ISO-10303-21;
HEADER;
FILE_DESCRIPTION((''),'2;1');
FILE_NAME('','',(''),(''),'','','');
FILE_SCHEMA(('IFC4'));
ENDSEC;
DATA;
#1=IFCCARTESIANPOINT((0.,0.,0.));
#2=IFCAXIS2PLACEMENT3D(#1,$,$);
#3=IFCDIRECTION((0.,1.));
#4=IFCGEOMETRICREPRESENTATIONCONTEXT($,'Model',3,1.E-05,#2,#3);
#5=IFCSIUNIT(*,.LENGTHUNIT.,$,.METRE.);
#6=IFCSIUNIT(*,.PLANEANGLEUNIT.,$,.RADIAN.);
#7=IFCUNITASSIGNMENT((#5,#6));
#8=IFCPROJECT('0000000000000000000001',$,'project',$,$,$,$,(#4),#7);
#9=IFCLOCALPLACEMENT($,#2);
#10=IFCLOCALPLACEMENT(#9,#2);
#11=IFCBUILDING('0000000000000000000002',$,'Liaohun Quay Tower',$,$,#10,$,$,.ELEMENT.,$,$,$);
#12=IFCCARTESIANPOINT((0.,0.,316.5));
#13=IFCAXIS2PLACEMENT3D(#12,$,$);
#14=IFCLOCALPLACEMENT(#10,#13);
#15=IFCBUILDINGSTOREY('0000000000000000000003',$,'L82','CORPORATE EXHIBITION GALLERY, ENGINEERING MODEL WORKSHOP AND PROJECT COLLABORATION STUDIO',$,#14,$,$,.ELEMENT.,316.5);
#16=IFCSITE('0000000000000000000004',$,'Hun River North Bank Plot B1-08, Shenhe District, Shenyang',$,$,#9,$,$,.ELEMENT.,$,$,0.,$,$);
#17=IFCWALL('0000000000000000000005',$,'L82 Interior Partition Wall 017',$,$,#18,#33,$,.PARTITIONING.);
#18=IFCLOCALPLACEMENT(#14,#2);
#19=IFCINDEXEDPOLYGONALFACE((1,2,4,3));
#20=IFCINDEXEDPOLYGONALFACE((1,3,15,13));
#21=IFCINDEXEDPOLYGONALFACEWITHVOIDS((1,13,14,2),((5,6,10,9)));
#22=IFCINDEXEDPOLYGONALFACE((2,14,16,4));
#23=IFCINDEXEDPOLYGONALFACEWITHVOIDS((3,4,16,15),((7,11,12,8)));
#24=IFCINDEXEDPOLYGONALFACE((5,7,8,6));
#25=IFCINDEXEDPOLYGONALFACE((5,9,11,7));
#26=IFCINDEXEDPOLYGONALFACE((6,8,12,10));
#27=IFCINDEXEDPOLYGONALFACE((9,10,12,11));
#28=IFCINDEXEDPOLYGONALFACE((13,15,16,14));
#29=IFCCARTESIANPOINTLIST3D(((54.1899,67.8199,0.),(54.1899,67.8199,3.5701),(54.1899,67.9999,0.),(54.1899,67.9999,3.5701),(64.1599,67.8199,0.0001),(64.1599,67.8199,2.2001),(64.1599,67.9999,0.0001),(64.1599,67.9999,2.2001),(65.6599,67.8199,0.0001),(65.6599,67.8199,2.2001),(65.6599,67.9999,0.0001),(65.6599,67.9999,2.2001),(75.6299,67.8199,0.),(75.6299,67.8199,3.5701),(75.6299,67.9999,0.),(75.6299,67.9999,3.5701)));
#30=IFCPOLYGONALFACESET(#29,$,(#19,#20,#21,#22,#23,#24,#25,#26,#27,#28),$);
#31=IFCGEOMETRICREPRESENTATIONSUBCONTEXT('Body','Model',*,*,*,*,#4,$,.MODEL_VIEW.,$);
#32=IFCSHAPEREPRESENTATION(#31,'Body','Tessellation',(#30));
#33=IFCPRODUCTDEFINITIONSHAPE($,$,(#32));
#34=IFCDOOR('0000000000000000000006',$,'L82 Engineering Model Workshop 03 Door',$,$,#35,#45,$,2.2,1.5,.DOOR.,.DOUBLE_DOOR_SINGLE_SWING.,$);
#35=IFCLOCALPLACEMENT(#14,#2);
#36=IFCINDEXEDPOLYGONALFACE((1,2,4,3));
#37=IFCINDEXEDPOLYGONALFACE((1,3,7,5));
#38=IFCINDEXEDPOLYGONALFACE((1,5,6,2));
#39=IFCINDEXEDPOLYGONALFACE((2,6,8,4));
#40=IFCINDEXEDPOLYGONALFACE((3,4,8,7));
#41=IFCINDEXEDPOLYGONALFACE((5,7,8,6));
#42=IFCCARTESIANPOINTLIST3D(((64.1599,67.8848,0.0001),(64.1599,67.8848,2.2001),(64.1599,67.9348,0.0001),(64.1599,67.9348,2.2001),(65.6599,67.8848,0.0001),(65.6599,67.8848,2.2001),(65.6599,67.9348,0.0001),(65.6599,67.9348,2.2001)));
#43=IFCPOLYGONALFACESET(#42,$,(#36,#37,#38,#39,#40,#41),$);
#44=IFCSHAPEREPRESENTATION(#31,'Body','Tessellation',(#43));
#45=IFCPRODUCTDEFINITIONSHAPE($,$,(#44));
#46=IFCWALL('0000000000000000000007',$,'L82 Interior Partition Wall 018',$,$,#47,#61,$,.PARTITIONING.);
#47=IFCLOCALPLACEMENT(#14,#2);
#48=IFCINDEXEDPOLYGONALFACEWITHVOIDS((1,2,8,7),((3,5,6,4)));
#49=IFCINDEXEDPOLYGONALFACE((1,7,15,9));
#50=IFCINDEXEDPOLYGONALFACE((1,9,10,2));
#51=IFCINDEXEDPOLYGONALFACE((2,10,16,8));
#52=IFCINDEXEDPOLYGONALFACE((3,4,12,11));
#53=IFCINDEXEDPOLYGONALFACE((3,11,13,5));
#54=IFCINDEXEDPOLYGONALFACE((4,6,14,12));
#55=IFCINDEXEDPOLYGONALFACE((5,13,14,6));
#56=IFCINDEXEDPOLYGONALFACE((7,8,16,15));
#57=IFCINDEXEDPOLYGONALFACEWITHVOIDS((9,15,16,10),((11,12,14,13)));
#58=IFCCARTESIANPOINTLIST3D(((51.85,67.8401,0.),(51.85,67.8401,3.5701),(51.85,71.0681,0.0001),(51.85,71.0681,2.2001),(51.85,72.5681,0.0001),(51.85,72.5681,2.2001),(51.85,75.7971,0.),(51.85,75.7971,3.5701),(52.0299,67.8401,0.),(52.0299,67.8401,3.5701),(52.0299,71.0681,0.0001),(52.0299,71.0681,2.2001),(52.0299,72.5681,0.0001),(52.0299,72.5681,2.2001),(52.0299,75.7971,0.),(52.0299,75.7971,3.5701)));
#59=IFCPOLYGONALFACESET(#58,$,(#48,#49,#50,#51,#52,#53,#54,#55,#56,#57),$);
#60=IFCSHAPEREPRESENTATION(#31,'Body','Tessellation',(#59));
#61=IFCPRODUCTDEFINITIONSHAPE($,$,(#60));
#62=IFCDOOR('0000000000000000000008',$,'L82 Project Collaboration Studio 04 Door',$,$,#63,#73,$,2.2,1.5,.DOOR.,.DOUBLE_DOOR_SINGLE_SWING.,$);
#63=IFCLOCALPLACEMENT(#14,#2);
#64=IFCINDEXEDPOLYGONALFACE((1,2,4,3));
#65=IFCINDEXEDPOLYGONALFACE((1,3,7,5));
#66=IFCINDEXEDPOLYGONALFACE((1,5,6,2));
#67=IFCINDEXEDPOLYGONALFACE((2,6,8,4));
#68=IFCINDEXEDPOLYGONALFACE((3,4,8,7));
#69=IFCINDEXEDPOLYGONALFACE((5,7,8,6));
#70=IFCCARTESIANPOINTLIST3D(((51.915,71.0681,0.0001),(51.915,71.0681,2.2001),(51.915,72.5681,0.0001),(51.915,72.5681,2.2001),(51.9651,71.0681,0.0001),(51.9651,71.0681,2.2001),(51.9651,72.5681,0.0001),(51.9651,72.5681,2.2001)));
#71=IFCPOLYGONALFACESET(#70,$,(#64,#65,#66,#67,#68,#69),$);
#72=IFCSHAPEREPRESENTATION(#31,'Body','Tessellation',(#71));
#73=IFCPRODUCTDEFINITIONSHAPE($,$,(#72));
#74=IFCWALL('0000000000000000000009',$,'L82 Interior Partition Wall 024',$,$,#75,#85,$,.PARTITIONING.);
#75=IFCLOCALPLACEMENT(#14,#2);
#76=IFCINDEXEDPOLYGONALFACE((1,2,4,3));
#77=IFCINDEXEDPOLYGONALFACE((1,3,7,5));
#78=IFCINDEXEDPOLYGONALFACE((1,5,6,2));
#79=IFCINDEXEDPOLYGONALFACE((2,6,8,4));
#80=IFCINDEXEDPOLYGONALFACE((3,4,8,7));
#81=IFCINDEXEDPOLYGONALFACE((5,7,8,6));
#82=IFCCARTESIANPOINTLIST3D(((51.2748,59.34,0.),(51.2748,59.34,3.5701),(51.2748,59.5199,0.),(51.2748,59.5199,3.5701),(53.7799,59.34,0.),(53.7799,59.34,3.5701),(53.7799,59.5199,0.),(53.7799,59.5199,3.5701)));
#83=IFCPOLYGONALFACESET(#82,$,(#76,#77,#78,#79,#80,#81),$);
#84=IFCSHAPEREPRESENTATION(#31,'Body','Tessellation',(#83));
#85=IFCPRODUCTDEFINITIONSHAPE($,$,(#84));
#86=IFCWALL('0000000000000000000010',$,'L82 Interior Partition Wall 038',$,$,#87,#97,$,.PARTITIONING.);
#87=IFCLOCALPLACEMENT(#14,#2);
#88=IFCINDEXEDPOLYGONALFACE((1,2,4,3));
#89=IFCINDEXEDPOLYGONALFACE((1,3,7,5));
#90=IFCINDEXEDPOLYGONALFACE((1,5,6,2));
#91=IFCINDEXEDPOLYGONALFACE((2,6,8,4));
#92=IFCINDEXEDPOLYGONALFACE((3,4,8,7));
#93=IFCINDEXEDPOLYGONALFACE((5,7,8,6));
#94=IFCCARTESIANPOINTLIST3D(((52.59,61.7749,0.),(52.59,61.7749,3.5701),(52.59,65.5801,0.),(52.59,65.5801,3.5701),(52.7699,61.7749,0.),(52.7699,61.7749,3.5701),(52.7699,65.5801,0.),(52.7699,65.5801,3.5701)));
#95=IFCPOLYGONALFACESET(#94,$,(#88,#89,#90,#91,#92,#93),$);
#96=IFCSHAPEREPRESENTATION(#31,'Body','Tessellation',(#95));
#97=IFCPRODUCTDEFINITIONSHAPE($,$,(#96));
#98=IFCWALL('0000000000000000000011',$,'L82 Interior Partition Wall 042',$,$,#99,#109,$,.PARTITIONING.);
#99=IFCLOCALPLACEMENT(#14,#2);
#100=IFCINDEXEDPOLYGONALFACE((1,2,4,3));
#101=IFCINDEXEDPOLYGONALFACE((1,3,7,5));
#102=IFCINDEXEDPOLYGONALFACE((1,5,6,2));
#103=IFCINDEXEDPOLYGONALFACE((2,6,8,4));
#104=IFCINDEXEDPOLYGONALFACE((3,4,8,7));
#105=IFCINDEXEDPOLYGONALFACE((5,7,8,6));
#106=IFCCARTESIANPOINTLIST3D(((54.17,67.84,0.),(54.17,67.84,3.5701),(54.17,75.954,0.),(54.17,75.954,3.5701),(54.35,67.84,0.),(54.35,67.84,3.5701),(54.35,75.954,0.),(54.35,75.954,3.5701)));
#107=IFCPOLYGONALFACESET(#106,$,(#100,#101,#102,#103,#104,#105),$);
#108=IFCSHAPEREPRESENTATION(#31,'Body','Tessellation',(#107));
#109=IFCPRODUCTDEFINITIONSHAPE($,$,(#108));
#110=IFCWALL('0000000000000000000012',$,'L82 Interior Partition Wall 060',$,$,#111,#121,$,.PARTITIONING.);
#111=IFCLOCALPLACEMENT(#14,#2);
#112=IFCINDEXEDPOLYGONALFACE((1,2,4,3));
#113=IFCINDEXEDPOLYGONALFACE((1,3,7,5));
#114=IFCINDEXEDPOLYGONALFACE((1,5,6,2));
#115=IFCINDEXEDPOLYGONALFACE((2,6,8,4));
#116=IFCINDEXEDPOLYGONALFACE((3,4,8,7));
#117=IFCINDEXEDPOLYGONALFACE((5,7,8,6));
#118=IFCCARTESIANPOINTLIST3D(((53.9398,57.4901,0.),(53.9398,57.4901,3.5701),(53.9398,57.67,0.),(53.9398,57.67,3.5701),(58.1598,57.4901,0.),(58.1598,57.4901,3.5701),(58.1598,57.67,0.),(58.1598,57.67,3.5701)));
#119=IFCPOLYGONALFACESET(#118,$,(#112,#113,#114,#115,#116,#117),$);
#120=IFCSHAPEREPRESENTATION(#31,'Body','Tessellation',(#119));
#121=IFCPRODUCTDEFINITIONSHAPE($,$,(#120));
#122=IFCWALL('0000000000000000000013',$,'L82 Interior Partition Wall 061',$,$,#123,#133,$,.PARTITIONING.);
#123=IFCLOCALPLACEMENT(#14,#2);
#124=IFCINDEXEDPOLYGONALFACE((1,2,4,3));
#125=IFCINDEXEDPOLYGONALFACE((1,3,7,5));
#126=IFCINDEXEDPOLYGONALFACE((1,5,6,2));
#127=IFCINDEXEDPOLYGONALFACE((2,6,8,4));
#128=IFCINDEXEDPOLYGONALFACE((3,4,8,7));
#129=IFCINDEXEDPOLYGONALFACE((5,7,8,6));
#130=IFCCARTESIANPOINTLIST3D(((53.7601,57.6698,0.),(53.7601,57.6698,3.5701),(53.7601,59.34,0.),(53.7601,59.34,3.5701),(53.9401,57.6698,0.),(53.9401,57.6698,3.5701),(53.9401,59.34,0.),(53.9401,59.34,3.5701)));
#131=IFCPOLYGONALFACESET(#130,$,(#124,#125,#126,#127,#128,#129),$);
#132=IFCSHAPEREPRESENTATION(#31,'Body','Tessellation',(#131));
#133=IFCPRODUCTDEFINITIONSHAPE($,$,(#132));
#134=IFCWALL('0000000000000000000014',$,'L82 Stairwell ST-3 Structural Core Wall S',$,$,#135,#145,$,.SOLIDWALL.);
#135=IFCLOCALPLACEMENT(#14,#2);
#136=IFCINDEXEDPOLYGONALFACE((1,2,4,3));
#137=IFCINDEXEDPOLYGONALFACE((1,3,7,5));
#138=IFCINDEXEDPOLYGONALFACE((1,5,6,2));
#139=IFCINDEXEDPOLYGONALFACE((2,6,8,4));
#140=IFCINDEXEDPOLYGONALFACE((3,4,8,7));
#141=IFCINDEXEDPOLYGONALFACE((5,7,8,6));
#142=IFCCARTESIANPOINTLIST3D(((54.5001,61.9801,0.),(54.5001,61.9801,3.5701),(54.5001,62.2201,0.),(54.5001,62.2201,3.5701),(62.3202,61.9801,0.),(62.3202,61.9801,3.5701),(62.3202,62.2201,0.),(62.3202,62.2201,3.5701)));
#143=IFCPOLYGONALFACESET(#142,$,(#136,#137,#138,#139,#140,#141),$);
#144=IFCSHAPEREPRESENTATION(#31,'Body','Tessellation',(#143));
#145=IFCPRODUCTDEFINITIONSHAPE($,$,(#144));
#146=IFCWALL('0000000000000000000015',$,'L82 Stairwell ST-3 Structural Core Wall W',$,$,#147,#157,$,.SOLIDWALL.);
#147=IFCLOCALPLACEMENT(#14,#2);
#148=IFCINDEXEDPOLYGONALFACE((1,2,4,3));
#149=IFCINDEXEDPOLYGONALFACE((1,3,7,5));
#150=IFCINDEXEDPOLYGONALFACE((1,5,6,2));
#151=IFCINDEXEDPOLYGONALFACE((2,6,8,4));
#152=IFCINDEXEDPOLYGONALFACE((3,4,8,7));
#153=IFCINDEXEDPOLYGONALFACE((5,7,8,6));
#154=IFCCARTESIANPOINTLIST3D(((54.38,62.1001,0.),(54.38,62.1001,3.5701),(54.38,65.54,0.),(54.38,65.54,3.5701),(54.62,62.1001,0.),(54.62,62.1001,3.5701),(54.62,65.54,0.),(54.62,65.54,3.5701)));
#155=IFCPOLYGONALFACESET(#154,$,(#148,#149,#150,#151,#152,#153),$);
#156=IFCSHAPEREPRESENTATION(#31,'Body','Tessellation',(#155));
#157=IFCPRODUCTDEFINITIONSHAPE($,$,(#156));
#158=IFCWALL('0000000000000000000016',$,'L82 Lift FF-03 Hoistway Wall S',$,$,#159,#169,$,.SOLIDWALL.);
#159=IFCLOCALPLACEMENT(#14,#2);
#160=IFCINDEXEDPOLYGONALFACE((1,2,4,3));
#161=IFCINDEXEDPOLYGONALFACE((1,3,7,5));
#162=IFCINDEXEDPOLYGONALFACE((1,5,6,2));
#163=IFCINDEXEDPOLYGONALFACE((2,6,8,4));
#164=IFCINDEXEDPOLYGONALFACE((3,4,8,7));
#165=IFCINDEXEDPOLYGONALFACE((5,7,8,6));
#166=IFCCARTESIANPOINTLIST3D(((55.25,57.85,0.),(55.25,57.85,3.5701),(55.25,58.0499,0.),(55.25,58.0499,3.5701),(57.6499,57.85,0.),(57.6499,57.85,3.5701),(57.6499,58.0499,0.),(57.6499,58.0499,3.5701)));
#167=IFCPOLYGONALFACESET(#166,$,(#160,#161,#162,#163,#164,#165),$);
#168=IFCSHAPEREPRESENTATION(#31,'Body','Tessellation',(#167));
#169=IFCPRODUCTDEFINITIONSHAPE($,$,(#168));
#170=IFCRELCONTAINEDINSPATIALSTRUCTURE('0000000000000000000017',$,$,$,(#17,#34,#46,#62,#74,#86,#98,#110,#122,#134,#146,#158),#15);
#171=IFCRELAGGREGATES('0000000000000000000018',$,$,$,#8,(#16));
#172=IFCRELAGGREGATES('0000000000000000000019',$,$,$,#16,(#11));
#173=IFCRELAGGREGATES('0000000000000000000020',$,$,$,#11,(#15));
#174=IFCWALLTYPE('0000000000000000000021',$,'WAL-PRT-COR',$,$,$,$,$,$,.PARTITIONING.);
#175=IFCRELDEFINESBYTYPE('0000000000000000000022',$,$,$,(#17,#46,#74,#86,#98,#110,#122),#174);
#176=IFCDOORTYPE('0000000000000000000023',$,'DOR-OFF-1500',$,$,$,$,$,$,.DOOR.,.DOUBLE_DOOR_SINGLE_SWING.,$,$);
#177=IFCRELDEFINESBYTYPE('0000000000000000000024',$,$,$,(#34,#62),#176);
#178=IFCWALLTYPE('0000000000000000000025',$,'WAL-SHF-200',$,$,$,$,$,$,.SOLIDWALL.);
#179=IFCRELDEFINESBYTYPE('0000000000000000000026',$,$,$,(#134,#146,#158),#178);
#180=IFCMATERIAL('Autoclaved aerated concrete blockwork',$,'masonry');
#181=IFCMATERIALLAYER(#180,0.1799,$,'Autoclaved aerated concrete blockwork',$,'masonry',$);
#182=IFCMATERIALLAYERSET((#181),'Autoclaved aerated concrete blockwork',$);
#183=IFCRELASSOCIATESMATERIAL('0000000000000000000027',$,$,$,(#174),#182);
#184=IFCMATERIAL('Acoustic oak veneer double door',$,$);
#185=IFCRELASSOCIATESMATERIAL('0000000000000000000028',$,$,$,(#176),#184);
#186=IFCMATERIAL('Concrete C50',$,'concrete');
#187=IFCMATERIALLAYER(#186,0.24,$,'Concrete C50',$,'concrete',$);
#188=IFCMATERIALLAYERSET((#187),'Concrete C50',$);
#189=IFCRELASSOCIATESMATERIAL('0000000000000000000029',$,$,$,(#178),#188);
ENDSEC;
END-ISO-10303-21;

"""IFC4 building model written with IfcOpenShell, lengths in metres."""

from ifc_helpers import new_model, si_unit, direction, frame, frame_2d, origin, place, context, subcontext, project, spatial, rectangle, extrude, source, transform, mapped, material, layer, layer_set, type_object, element, fill, save


model = new_model("IFC4")

# Units and contexts
model_context = context("Model", 3, precision=1e-05, world=origin(), true_north=direction((0.0, 1.0)))
body_context = subcontext(model_context, "Body", "Model", "MODEL_VIEW")
ifc_project = project(units=[si_unit("LENGTHUNIT", "METRE"), si_unit("PLANEANGLEUNIT", "RADIAN")], contexts=[model_context])

# Site, building, storey
site_placement = place(None, origin())
site = spatial("IfcSite", under=ifc_project, at=site_placement, Name="Hun River North Bank Plot B1-08, Shenhe District, Shenyang", CompositionType="ELEMENT", RefElevation=0.0)
building_placement = place(site_placement, origin())
building = spatial("IfcBuilding", under=site, at=building_placement, Name="Liaohun Quay Tower", CompositionType="ELEMENT")
storey_placement = place(building_placement, frame((0.0, 0.0, 316.5)))
storey = spatial("IfcBuildingStorey", under=building, at=storey_placement, Name="L82", Description="CORPORATE EXHIBITION GALLERY, ENGINEERING MODEL WORKSHOP AND PROJECT COLLABORATION STUDIO", CompositionType="ELEMENT", Elevation=316.5)

# Shared definitions
ifc_material_1 = material(Name="Concrete C50", Category="concrete")

# Walls, openings, doors
ifc_material_2 = material(Name="Autoclaved aerated concrete blockwork", Category="masonry")
ifc_layer_1 = layer(ifc_material_2, 0.1799, Name="Autoclaved aerated concrete blockwork", Category="masonry")
ifc_layer_set_1 = layer_set([ifc_layer_1], Name="Autoclaved aerated concrete blockwork")
wall_type_1 = type_object("IfcWallType", Name="WAL-PRT-COR", PredefinedType="PARTITIONING", material=ifc_layer_set_1)
wall_1_placement = place(storey_placement, frame((54.1899, 67.9099, 0.0), z_axis=(0.0, 0.0, 1.0), x_axis=(1.0, 0.0, 0.0)))
wall_1 = element("IfcWall", 1, at=wall_1_placement, inside=storey, type_object=wall_type_1, Name="L82 Interior Partition Wall 017", PredefinedType="PARTITIONING", context=body_context, shape_type="SweptSolid", body=[
    extrude(rectangle(XDim=21.4399, YDim=0.1799, at=frame_2d((10.72, 0.0))), origin(), (0.0, 0.0, 1.0), 3.5701),
])
shared_shape_1 = source(origin(), body_context, "Body", "SweptSolid", [
    extrude(rectangle(XDim=1.5, YDim=2.2, at=frame_2d((0.75, 1.1001))), frame((0.0, 0.0999, 0.0), z_axis=(0.0, -1.0, 0.0), x_axis=(1.0, 0.0, 0.0)), (0.0, 0.0, 1.0), 0.2),
])
opening_1_placement = place(wall_1_placement, frame((9.97, 0.0, 0.0)))
opening_1 = element("IfcOpeningElement", 2, at=opening_1_placement, cuts=wall_1, PredefinedType="OPENING", context=body_context, shape_type="MappedRepresentation", body=[
    mapped(shared_shape_1, transform((0.0, 0.0, 0.0), x_axis=(1.0, 0.0, 0.0), y_axis=(0.0, 1.0, 0.0), z_axis=(0.0, 0.0, 1.0), scale=1.0)),
])
ifc_material_3 = material(Name="Acoustic oak veneer double door")
door_type_1 = type_object("IfcDoorType", Name="DOR-OFF-1500", OperationType="DOUBLE_DOOR_SINGLE_SWING", PredefinedType="DOOR", material=ifc_material_3)
shared_shape_2 = source(origin(), body_context, "Body", "SweptSolid", [
    extrude(rectangle(XDim=1.5, YDim=2.2, at=frame_2d((0.75, 1.1001))), frame((0.0, 0.0249, 0.0), z_axis=(0.0, -1.0, 0.0), x_axis=(1.0, 0.0, 0.0)), (0.0, 0.0, 1.0), 0.05),
])
door_1_placement = place(opening_1_placement, origin())
door_1 = element("IfcDoor", 3, at=door_1_placement, inside=storey, type_object=door_type_1, Name="L82 Engineering Model Workshop 03 Door", OperationType="DOUBLE_DOOR_SINGLE_SWING", OverallHeight=2.2, OverallWidth=1.5, PredefinedType="DOOR", context=body_context, shape_type="MappedRepresentation", body=[
    mapped(shared_shape_2, transform((0.0, 0.0, 0.0), x_axis=(1.0, 0.0, 0.0), y_axis=(0.0, 1.0, 0.0), z_axis=(0.0, 0.0, 1.0), scale=1.0)),
])
fill(opening_1, door_1)
wall_2_placement = place(storey_placement, frame((51.9399, 67.8401, 0.0), z_axis=(0.0, 0.0, 1.0), x_axis=(0.0, 1.0, 0.0)))
wall_2 = element("IfcWall", 4, at=wall_2_placement, inside=storey, type_object=wall_type_1, Name="L82 Interior Partition Wall 018", PredefinedType="PARTITIONING", context=body_context, shape_type="SweptSolid", body=[
    extrude(rectangle(XDim=7.957, YDim=0.1799, at=frame_2d((3.9785, 0.0))), origin(), (0.0, 0.0, 1.0), 3.5701),
])
opening_2_placement = place(wall_2_placement, frame((3.228, 0.0, 0.0)))
opening_2 = element("IfcOpeningElement", 5, at=opening_2_placement, cuts=wall_2, PredefinedType="OPENING", context=body_context, shape_type="MappedRepresentation", body=[
    mapped(shared_shape_1, transform((0.0, 0.0, 0.0), x_axis=(1.0, 0.0, 0.0), y_axis=(0.0, 1.0, 0.0), z_axis=(0.0, 0.0, 1.0), scale=1.0)),
])
door_2_placement = place(opening_2_placement, origin())
door_2 = element("IfcDoor", 6, at=door_2_placement, inside=storey, type_object=door_type_1, Name="L82 Project Collaboration Studio 04 Door", OperationType="DOUBLE_DOOR_SINGLE_SWING", OverallHeight=2.2, OverallWidth=1.5, PredefinedType="DOOR", context=body_context, shape_type="MappedRepresentation", body=[
    mapped(shared_shape_2, transform((0.0, 0.0, 0.0), x_axis=(1.0, 0.0, 0.0), y_axis=(0.0, 1.0, 0.0), z_axis=(0.0, 0.0, 1.0), scale=1.0)),
])
fill(opening_2, door_2)

# Walls
wall_3_placement = place(storey_placement, frame((51.2749, 59.4299, 0.0), z_axis=(0.0, 0.0, 1.0), x_axis=(1.0, 0.0, 0.0)))
element("IfcWall", 7, at=wall_3_placement, inside=storey, type_object=wall_type_1, Name="L82 Interior Partition Wall 024", PredefinedType="PARTITIONING", context=body_context, shape_type="SweptSolid", body=[
    extrude(rectangle(XDim=2.5051, YDim=0.1799, at=frame_2d((1.2524, 0.0))), origin(), (0.0, 0.0, 1.0), 3.5701),
])
wall_4_placement = place(storey_placement, frame((52.6799, 61.7749, 0.0), z_axis=(0.0, 0.0, 1.0), x_axis=(0.0, 1.0, 0.0)))
element("IfcWall", 8, at=wall_4_placement, inside=storey, type_object=wall_type_1, Name="L82 Interior Partition Wall 038", PredefinedType="PARTITIONING", context=body_context, shape_type="SweptSolid", body=[
    extrude(rectangle(XDim=3.8052, YDim=0.1799, at=frame_2d((1.9026, 0.0))), origin(), (0.0, 0.0, 1.0), 3.5701),
])
wall_5_placement = place(storey_placement, frame((54.26, 75.9541, 0.0), z_axis=(0.0, 0.0, 1.0), x_axis=(0.0, -1.0, 0.0)))
element("IfcWall", 9, at=wall_5_placement, inside=storey, type_object=wall_type_1, Name="L82 Interior Partition Wall 042", PredefinedType="PARTITIONING", context=body_context, shape_type="SweptSolid", body=[
    extrude(rectangle(XDim=8.114, YDim=0.1799, at=frame_2d((4.0571, 0.0))), origin(), (0.0, 0.0, 1.0), 3.5701),
])
wall_6_placement = place(storey_placement, frame((53.9399, 57.5801, 0.0), z_axis=(0.0, 0.0, 1.0), x_axis=(1.0, 0.0, 0.0)))
element("IfcWall", 10, at=wall_6_placement, inside=storey, type_object=wall_type_1, Name="L82 Interior Partition Wall 060", PredefinedType="PARTITIONING", context=body_context, shape_type="SweptSolid", body=[
    extrude(rectangle(XDim=4.22, YDim=0.1799, at=frame_2d((2.1099, 0.0))), origin(), (0.0, 0.0, 1.0), 3.5701),
])
wall_7_placement = place(storey_placement, frame((53.8501, 57.6699, 0.0), z_axis=(0.0, 0.0, 1.0), x_axis=(0.0, 1.0, 0.0)))
element("IfcWall", 11, at=wall_7_placement, inside=storey, type_object=wall_type_1, Name="L82 Interior Partition Wall 061", PredefinedType="PARTITIONING", context=body_context, shape_type="SweptSolid", body=[
    extrude(rectangle(XDim=1.6702, YDim=0.1799, at=frame_2d((0.835, 0.0))), origin(), (0.0, 0.0, 1.0), 3.5701),
])
ifc_layer_2 = layer(ifc_material_1, 0.24, Name="Concrete C50", Category="concrete")
ifc_layer_set_2 = layer_set([ifc_layer_2], Name="Concrete C50")
wall_type_2 = type_object("IfcWallType", Name="WAL-SHF-200", PredefinedType="SOLIDWALL", material=ifc_layer_set_2)
wall_8_placement = place(storey_placement, frame((54.5, 62.1001, 0.0), z_axis=(0.0, 0.0, 1.0), x_axis=(1.0, 0.0, 0.0)))
element("IfcWall", 12, at=wall_8_placement, inside=storey, type_object=wall_type_2, Name="L82 Stairwell ST-3 Structural Core Wall S", PredefinedType="SOLIDWALL", context=body_context, shape_type="SweptSolid", body=[
    extrude(rectangle(XDim=7.8201, YDim=0.24, at=frame_2d((3.9102, 0.0))), origin(), (0.0, 0.0, 1.0), 3.5701),
])
wall_9_placement = place(storey_placement, frame((54.5, 65.54, 0.0), z_axis=(0.0, 0.0, 1.0), x_axis=(0.0, -1.0, 0.0)))
element("IfcWall", 13, at=wall_9_placement, inside=storey, type_object=wall_type_2, Name="L82 Stairwell ST-3 Structural Core Wall W", PredefinedType="SOLIDWALL", context=body_context, shape_type="SweptSolid", body=[
    extrude(rectangle(XDim=3.4399, YDim=0.24, at=frame_2d((1.72, 0.0))), origin(), (0.0, 0.0, 1.0), 3.5701),
])
wall_10_placement = place(storey_placement, frame((55.25, 57.95, 0.0), z_axis=(0.0, 0.0, 1.0), x_axis=(1.0, 0.0, 0.0)))
element("IfcWall", 14, at=wall_10_placement, inside=storey, type_object=wall_type_2, Name="L82 Lift FF-03 Hoistway Wall S", PredefinedType="SOLIDWALL", context=body_context, shape_type="SweptSolid", body=[
    extrude(rectangle(XDim=2.3999, YDim=0.2, at=frame_2d((1.2, 0.0))), origin(), (0.0, 0.0, 1.0), 3.5701),
])

save(model, "model.ifc")
